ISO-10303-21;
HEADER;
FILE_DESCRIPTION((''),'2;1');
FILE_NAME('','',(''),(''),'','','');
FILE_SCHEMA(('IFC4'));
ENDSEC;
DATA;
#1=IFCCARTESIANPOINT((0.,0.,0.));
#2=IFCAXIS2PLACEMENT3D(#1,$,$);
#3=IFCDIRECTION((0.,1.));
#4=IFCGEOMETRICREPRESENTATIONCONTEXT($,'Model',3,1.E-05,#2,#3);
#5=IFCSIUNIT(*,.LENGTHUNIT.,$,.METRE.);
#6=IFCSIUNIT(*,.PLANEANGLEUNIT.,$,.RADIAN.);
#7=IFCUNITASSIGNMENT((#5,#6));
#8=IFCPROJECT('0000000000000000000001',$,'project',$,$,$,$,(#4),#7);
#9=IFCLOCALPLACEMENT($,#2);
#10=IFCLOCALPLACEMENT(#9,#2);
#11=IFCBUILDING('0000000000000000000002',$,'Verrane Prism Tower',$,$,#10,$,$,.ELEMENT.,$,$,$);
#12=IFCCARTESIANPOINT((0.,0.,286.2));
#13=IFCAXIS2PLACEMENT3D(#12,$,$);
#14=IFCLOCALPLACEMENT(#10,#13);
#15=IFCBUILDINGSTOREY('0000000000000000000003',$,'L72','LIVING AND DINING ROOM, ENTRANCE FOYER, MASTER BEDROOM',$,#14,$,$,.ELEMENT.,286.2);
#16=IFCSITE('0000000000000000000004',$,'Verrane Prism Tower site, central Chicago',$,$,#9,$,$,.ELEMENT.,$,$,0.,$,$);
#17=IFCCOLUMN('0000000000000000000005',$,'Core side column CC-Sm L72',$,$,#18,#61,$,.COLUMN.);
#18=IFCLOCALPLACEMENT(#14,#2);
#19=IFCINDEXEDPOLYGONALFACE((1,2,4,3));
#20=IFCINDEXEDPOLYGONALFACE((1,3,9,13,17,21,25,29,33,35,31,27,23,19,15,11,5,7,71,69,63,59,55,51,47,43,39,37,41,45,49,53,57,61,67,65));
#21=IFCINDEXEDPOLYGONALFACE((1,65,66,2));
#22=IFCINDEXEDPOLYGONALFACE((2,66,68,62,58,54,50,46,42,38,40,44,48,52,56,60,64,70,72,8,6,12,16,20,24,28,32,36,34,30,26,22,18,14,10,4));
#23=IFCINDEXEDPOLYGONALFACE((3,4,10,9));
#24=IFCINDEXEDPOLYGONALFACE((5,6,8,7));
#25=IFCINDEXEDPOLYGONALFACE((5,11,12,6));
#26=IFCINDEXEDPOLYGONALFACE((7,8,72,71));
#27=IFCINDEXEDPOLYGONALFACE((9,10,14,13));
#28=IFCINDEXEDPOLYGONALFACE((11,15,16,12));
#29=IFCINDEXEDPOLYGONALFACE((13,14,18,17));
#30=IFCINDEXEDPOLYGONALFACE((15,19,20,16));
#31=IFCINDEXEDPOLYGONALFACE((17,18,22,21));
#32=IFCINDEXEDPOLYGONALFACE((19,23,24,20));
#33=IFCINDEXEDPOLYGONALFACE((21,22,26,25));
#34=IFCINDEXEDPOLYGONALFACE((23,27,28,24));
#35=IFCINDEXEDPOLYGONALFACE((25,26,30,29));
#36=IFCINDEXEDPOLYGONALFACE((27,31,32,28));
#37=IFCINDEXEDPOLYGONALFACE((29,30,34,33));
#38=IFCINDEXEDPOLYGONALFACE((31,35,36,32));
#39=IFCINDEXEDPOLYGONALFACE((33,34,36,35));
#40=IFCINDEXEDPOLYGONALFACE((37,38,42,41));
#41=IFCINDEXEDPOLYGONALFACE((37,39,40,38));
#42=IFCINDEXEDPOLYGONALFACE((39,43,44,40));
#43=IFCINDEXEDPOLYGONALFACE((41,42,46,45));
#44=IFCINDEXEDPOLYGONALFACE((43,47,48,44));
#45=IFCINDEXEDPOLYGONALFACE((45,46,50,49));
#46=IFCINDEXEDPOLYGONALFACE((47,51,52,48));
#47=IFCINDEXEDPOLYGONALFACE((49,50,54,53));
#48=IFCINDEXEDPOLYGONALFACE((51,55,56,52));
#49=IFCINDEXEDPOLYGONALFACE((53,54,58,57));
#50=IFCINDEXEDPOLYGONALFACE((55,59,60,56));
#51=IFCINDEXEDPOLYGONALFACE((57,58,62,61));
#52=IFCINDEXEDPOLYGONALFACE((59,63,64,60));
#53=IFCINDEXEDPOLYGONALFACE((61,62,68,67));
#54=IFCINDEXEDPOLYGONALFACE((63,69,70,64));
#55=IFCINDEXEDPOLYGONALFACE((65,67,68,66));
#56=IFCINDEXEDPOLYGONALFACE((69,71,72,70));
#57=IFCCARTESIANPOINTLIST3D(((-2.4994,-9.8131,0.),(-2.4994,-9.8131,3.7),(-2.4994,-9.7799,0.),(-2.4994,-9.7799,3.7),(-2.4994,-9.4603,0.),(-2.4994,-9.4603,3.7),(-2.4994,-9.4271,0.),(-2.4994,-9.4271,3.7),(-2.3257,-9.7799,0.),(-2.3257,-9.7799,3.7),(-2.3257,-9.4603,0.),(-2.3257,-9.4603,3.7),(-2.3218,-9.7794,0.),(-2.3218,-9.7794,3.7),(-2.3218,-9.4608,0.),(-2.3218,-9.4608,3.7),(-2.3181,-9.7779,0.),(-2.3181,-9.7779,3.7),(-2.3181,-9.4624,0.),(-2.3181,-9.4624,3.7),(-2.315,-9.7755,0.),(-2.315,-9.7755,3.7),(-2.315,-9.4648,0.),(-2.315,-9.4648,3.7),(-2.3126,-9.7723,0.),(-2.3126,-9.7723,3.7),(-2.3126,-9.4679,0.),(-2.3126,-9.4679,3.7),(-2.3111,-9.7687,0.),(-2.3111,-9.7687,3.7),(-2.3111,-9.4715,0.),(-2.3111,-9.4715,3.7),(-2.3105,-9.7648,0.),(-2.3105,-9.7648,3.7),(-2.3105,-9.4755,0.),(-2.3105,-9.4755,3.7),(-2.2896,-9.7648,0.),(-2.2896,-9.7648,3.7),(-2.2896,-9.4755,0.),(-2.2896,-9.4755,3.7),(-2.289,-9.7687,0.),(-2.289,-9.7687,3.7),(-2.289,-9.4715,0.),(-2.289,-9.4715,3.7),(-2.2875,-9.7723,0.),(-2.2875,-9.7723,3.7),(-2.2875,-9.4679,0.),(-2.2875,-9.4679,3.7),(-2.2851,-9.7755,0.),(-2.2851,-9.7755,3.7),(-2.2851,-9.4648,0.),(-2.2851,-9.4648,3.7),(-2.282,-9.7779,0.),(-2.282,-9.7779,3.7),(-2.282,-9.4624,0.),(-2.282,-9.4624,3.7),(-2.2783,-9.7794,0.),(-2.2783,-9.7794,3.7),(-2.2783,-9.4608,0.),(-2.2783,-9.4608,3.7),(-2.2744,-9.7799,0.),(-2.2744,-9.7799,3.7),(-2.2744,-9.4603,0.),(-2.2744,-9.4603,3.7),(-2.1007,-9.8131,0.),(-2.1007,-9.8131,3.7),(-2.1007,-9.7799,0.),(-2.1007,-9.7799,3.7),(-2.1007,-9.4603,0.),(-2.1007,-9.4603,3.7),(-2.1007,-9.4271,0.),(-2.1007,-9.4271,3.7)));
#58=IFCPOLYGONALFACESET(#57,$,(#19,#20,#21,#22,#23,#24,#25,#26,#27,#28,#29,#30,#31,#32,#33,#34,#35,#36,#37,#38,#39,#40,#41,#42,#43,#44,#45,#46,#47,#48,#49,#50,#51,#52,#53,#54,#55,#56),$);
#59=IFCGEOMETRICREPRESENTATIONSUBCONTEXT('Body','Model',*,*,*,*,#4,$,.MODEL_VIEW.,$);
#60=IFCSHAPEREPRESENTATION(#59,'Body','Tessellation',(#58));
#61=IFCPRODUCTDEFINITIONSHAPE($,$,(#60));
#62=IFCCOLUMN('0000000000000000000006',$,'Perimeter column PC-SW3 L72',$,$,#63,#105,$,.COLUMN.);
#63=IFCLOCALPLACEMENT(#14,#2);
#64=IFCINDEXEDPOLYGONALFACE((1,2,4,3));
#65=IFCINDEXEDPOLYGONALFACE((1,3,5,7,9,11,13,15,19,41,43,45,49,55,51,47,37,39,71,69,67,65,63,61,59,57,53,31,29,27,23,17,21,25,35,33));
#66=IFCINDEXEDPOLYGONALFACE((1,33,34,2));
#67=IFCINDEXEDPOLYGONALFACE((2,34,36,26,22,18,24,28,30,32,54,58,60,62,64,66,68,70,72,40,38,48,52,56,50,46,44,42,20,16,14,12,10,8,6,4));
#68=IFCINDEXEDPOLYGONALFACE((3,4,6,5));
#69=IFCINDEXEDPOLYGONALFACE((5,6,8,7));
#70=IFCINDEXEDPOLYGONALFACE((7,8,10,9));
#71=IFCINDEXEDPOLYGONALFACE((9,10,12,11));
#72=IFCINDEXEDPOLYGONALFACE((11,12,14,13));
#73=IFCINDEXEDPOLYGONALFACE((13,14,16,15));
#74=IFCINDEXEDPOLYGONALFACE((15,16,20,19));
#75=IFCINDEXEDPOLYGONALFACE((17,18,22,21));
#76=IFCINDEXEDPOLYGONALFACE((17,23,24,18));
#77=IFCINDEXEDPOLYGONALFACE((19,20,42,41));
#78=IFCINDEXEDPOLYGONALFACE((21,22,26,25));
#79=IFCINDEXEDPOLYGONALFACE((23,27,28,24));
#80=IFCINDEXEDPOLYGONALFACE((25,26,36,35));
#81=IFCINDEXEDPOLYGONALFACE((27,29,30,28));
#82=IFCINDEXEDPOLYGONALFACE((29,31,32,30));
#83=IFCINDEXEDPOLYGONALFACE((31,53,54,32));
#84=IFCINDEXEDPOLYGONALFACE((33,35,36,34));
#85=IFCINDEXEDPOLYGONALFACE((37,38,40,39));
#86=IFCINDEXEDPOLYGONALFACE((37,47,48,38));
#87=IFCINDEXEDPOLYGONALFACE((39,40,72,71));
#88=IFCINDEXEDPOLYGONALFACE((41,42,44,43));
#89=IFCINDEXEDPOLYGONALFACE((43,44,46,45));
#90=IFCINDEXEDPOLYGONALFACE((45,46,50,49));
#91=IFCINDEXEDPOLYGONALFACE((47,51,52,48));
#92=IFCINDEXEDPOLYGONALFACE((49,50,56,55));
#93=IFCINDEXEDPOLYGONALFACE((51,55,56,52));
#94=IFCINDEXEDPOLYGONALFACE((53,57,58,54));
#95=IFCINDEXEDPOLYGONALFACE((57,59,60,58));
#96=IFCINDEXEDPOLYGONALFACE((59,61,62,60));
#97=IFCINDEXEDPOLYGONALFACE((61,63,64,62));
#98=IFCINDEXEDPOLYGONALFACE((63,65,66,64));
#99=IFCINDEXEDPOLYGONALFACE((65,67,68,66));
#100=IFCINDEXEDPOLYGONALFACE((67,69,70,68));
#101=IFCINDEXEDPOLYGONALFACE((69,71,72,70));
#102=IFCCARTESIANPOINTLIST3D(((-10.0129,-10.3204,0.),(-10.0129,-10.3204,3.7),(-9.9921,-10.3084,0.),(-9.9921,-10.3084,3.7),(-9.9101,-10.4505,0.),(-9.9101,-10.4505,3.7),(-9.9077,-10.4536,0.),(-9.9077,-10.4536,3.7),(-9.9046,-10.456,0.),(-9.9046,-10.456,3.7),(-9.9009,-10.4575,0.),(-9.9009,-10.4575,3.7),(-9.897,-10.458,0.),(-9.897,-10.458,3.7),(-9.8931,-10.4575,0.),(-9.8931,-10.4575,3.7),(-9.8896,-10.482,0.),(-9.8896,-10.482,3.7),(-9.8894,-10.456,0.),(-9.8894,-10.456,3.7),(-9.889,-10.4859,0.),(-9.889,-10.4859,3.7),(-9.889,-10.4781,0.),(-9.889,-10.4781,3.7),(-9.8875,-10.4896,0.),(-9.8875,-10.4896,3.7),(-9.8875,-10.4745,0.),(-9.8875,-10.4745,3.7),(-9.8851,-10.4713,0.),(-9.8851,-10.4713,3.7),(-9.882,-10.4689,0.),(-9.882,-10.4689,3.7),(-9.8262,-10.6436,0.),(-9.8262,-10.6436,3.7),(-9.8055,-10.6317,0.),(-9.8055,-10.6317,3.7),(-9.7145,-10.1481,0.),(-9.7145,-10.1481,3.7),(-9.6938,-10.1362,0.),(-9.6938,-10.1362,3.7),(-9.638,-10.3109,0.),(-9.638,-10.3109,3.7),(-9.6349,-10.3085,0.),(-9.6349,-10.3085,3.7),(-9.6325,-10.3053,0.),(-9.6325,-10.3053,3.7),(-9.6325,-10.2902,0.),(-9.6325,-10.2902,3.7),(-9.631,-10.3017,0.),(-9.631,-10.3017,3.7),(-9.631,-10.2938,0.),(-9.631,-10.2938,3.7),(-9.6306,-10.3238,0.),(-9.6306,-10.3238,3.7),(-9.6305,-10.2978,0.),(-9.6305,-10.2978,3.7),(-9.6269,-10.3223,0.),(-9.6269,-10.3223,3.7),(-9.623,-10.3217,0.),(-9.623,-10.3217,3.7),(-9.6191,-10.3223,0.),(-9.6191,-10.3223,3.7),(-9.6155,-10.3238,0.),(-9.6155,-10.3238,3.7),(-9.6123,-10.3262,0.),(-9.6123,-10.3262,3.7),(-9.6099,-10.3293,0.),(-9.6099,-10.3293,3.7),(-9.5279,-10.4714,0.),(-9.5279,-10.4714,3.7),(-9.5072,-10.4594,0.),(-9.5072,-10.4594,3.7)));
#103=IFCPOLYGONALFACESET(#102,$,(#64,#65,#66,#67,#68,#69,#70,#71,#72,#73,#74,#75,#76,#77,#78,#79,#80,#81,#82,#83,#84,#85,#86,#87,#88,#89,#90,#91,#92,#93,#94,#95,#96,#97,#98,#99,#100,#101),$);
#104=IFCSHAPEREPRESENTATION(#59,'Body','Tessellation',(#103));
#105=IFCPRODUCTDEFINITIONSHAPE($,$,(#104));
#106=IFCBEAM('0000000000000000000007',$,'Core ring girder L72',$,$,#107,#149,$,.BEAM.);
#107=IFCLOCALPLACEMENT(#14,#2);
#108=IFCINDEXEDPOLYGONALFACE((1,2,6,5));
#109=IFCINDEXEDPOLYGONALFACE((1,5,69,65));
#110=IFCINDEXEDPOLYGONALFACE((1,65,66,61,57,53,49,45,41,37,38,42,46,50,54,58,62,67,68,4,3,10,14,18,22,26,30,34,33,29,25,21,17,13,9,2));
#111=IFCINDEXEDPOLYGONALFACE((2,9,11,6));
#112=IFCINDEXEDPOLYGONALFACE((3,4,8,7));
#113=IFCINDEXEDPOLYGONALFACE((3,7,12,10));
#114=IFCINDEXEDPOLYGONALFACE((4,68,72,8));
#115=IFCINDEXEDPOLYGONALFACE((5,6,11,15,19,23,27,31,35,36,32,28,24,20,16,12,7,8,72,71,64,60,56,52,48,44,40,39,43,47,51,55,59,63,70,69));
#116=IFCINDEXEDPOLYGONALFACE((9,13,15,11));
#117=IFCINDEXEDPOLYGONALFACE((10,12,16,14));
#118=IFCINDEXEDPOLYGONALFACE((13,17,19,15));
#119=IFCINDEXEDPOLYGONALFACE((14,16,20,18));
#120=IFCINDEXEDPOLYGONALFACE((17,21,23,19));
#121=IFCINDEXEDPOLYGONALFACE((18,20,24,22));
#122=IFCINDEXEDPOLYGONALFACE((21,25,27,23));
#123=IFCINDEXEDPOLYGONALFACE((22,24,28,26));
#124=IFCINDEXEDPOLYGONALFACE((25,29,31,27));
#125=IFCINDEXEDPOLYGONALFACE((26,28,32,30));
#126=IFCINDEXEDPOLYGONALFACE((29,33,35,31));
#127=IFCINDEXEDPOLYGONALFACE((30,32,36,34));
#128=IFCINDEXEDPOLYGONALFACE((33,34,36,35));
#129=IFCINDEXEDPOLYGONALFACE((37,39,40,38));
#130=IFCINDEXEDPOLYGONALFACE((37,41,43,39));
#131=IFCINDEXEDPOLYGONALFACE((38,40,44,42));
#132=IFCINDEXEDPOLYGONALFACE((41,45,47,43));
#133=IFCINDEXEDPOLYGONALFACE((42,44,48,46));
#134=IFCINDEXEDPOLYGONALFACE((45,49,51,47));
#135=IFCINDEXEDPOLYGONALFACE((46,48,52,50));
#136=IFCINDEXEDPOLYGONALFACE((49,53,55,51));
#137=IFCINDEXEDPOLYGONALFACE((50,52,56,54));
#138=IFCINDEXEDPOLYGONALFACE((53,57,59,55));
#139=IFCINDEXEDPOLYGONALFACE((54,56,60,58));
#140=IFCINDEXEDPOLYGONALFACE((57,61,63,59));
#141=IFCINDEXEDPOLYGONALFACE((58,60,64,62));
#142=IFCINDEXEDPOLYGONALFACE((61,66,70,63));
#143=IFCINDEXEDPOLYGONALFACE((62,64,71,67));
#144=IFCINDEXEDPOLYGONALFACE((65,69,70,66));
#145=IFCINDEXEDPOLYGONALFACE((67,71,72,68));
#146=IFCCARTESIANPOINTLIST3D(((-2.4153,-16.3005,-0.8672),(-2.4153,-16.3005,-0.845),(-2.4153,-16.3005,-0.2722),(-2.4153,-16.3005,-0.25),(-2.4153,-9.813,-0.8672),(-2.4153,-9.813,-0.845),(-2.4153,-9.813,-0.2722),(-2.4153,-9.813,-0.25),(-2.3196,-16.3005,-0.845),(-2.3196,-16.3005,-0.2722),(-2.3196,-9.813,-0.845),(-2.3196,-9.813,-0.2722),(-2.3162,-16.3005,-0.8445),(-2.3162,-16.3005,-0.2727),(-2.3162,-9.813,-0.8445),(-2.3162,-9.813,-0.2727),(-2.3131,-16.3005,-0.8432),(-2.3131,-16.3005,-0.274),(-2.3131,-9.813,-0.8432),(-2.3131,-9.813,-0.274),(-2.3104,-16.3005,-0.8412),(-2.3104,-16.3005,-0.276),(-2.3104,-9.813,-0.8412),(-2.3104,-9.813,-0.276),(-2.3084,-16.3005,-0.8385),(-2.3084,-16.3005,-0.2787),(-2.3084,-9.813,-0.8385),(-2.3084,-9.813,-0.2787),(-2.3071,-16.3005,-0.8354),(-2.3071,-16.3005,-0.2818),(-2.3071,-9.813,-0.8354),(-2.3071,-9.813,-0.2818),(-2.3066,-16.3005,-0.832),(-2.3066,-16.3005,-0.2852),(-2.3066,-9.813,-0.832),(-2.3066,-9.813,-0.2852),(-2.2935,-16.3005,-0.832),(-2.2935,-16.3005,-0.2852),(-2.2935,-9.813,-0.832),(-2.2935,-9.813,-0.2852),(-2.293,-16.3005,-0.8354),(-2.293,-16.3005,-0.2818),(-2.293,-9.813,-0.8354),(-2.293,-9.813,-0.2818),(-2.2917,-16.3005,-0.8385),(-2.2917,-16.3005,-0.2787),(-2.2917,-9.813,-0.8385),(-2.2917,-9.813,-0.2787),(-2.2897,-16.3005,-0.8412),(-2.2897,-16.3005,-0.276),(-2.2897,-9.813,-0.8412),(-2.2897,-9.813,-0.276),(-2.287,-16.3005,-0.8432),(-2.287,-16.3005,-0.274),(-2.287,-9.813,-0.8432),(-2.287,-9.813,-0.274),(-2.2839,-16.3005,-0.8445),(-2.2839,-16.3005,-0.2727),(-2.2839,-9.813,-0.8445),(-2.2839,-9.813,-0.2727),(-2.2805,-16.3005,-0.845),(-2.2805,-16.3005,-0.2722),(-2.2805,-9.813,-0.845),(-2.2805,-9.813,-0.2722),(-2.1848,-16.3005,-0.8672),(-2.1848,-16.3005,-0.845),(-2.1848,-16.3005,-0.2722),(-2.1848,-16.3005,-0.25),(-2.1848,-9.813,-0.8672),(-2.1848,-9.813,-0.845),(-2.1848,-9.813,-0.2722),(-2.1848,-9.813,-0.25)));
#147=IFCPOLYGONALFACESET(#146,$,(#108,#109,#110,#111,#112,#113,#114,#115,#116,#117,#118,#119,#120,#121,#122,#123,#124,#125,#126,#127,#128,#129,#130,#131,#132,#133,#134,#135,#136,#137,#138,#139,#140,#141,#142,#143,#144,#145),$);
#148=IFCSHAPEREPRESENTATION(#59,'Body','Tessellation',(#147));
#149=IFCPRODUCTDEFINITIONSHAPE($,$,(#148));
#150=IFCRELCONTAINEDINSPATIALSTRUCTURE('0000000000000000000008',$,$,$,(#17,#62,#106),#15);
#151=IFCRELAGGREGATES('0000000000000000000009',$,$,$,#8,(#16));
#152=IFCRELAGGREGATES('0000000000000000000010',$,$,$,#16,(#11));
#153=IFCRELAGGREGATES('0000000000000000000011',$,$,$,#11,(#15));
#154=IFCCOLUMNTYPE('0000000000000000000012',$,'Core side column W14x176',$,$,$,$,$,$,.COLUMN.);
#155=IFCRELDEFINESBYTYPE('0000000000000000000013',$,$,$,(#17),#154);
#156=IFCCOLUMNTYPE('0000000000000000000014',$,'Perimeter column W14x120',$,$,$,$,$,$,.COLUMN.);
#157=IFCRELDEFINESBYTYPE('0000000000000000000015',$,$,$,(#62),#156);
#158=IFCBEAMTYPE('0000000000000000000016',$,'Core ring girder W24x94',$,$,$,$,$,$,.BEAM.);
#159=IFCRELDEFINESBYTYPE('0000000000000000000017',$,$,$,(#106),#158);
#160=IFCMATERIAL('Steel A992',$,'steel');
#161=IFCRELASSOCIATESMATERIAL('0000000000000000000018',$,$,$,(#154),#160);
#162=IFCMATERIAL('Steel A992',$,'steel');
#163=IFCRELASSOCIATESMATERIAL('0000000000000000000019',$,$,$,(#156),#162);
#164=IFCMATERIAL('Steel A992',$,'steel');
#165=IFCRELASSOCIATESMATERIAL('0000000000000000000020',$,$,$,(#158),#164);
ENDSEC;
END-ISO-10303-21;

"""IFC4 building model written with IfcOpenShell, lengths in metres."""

from ifc_helpers import new_model, si_unit, direction, frame, origin, origin_2d, place, context, subcontext, project, spatial, i_section, extrude, material, material_profile, profile_set, type_object, element, save


model = new_model("IFC4")

# Units and contexts
model_context = context("Model", 3, precision=1e-05, world=origin(), true_north=direction((0.0, 1.0)))
body_context = subcontext(model_context, "Body", "Model", "MODEL_VIEW")
ifc_project = project(units=[si_unit("LENGTHUNIT", "METRE"), si_unit("PLANEANGLEUNIT", "RADIAN")], contexts=[model_context])

# Site, building, storey
site_placement = place(None, origin())
site = spatial("IfcSite", under=ifc_project, at=site_placement, Name="Verrane Prism Tower site, central Chicago", CompositionType="ELEMENT", RefElevation=0.0)
building_placement = place(site_placement, origin())
building = spatial("IfcBuilding", under=site, at=building_placement, Name="Verrane Prism Tower", CompositionType="ELEMENT")
storey_placement = place(building_placement, frame((0.0, 0.0, 286.2)))
storey = spatial("IfcBuildingStorey", under=building, at=storey_placement, Name="L72", Description="LIVING AND DINING ROOM, ENTRANCE FOYER, MASTER BEDROOM", CompositionType="ELEMENT", Elevation=286.2)

# Columns
ifc_material_1 = material(Name="Steel A992", Category="steel")
ifc_material_profile_1 = material_profile(ifc_material_1, i_section(OverallWidth=0.3987, OverallDepth=0.386, WebThickness=0.021, FlangeThickness=0.0332, FilletRadius=0.0151, at=origin_2d()), Name="W14x176")
ifc_profile_set_1 = profile_set([ifc_material_profile_1], Name="Steel A992")
column_type_1 = type_object("IfcColumnType", Name="Core side column W14x176", PredefinedType="COLUMN", material=ifc_profile_set_1)
column_1_placement = place(storey_placement, frame((-2.3, -9.6201, 0.0), z_axis=(0.0, 0.0, 1.0), x_axis=(1.0, 0.0, 0.0)))
element("IfcColumn", 1, at=column_1_placement, inside=storey, type_object=column_type_1, Name="Core side column CC-Sm L72", PredefinedType="COLUMN", context=body_context, shape_type="SweptSolid", body=[
    extrude(i_section(OverallWidth=0.3987, OverallDepth=0.386, WebThickness=0.021, FlangeThickness=0.0332, FilletRadius=0.0151, at=origin_2d()), origin(), (0.0, 0.0, 1.0), 3.7),
])
ifc_material_2 = material(Name="Steel A992", Category="steel")
ifc_material_profile_2 = material_profile(ifc_material_2, i_section(OverallWidth=0.3733, OverallDepth=0.3684, WebThickness=0.0149, FlangeThickness=0.0239, FilletRadius=0.0151, at=origin_2d()), Name="W14x120")
ifc_profile_set_2 = profile_set([ifc_material_profile_2], Name="Steel A992")
column_type_2 = type_object("IfcColumnType", Name="Perimeter column W14x120", PredefinedType="COLUMN", material=ifc_profile_set_2)
column_2_placement = place(storey_placement, frame((-9.76, -10.3899, 0.0), z_axis=(0.0, 0.0, 1.0), x_axis=(-0.5, 0.866025, 0.0)))
element("IfcColumn", 2, at=column_2_placement, inside=storey, type_object=column_type_2, Name="Perimeter column PC-SW3 L72", PredefinedType="COLUMN", context=body_context, shape_type="SweptSolid", body=[
    extrude(i_section(OverallWidth=0.3733, OverallDepth=0.3684, WebThickness=0.0149, FlangeThickness=0.0239, FilletRadius=0.0151, at=origin_2d()), origin(), (0.0, 0.0, 1.0), 3.7),
])

# Beam
ifc_material_3 = material(Name="Steel A992", Category="steel")
ifc_material_profile_3 = material_profile(ifc_material_3, i_section(OverallWidth=0.2305, OverallDepth=0.6172, WebThickness=0.0132, FlangeThickness=0.0222, FilletRadius=0.0129, at=origin_2d()), Name="W24x94")
ifc_profile_set_3 = profile_set([ifc_material_profile_3], Name="Steel A992")
beam_type_1 = type_object("IfcBeamType", Name="Core ring girder W24x94", PredefinedType="BEAM", material=ifc_profile_set_3)
beam_1_placement = place(storey_placement, frame((-2.3, -9.813, -0.5586), z_axis=(0.0, -1.0, 0.0), x_axis=(1.0, 0.0, 0.0)))
element("IfcBeam", 3, at=beam_1_placement, inside=storey, type_object=beam_type_1, Name="Core ring girder L72", PredefinedType="BEAM", context=body_context, shape_type="SweptSolid", body=[
    extrude(i_section(OverallWidth=0.2305, OverallDepth=0.6172, WebThickness=0.0132, FlangeThickness=0.0222, FilletRadius=0.0129, at=origin_2d()), origin(), (0.0, 0.0, 1.0), 6.4875),
])

save(model, "model.ifc")
